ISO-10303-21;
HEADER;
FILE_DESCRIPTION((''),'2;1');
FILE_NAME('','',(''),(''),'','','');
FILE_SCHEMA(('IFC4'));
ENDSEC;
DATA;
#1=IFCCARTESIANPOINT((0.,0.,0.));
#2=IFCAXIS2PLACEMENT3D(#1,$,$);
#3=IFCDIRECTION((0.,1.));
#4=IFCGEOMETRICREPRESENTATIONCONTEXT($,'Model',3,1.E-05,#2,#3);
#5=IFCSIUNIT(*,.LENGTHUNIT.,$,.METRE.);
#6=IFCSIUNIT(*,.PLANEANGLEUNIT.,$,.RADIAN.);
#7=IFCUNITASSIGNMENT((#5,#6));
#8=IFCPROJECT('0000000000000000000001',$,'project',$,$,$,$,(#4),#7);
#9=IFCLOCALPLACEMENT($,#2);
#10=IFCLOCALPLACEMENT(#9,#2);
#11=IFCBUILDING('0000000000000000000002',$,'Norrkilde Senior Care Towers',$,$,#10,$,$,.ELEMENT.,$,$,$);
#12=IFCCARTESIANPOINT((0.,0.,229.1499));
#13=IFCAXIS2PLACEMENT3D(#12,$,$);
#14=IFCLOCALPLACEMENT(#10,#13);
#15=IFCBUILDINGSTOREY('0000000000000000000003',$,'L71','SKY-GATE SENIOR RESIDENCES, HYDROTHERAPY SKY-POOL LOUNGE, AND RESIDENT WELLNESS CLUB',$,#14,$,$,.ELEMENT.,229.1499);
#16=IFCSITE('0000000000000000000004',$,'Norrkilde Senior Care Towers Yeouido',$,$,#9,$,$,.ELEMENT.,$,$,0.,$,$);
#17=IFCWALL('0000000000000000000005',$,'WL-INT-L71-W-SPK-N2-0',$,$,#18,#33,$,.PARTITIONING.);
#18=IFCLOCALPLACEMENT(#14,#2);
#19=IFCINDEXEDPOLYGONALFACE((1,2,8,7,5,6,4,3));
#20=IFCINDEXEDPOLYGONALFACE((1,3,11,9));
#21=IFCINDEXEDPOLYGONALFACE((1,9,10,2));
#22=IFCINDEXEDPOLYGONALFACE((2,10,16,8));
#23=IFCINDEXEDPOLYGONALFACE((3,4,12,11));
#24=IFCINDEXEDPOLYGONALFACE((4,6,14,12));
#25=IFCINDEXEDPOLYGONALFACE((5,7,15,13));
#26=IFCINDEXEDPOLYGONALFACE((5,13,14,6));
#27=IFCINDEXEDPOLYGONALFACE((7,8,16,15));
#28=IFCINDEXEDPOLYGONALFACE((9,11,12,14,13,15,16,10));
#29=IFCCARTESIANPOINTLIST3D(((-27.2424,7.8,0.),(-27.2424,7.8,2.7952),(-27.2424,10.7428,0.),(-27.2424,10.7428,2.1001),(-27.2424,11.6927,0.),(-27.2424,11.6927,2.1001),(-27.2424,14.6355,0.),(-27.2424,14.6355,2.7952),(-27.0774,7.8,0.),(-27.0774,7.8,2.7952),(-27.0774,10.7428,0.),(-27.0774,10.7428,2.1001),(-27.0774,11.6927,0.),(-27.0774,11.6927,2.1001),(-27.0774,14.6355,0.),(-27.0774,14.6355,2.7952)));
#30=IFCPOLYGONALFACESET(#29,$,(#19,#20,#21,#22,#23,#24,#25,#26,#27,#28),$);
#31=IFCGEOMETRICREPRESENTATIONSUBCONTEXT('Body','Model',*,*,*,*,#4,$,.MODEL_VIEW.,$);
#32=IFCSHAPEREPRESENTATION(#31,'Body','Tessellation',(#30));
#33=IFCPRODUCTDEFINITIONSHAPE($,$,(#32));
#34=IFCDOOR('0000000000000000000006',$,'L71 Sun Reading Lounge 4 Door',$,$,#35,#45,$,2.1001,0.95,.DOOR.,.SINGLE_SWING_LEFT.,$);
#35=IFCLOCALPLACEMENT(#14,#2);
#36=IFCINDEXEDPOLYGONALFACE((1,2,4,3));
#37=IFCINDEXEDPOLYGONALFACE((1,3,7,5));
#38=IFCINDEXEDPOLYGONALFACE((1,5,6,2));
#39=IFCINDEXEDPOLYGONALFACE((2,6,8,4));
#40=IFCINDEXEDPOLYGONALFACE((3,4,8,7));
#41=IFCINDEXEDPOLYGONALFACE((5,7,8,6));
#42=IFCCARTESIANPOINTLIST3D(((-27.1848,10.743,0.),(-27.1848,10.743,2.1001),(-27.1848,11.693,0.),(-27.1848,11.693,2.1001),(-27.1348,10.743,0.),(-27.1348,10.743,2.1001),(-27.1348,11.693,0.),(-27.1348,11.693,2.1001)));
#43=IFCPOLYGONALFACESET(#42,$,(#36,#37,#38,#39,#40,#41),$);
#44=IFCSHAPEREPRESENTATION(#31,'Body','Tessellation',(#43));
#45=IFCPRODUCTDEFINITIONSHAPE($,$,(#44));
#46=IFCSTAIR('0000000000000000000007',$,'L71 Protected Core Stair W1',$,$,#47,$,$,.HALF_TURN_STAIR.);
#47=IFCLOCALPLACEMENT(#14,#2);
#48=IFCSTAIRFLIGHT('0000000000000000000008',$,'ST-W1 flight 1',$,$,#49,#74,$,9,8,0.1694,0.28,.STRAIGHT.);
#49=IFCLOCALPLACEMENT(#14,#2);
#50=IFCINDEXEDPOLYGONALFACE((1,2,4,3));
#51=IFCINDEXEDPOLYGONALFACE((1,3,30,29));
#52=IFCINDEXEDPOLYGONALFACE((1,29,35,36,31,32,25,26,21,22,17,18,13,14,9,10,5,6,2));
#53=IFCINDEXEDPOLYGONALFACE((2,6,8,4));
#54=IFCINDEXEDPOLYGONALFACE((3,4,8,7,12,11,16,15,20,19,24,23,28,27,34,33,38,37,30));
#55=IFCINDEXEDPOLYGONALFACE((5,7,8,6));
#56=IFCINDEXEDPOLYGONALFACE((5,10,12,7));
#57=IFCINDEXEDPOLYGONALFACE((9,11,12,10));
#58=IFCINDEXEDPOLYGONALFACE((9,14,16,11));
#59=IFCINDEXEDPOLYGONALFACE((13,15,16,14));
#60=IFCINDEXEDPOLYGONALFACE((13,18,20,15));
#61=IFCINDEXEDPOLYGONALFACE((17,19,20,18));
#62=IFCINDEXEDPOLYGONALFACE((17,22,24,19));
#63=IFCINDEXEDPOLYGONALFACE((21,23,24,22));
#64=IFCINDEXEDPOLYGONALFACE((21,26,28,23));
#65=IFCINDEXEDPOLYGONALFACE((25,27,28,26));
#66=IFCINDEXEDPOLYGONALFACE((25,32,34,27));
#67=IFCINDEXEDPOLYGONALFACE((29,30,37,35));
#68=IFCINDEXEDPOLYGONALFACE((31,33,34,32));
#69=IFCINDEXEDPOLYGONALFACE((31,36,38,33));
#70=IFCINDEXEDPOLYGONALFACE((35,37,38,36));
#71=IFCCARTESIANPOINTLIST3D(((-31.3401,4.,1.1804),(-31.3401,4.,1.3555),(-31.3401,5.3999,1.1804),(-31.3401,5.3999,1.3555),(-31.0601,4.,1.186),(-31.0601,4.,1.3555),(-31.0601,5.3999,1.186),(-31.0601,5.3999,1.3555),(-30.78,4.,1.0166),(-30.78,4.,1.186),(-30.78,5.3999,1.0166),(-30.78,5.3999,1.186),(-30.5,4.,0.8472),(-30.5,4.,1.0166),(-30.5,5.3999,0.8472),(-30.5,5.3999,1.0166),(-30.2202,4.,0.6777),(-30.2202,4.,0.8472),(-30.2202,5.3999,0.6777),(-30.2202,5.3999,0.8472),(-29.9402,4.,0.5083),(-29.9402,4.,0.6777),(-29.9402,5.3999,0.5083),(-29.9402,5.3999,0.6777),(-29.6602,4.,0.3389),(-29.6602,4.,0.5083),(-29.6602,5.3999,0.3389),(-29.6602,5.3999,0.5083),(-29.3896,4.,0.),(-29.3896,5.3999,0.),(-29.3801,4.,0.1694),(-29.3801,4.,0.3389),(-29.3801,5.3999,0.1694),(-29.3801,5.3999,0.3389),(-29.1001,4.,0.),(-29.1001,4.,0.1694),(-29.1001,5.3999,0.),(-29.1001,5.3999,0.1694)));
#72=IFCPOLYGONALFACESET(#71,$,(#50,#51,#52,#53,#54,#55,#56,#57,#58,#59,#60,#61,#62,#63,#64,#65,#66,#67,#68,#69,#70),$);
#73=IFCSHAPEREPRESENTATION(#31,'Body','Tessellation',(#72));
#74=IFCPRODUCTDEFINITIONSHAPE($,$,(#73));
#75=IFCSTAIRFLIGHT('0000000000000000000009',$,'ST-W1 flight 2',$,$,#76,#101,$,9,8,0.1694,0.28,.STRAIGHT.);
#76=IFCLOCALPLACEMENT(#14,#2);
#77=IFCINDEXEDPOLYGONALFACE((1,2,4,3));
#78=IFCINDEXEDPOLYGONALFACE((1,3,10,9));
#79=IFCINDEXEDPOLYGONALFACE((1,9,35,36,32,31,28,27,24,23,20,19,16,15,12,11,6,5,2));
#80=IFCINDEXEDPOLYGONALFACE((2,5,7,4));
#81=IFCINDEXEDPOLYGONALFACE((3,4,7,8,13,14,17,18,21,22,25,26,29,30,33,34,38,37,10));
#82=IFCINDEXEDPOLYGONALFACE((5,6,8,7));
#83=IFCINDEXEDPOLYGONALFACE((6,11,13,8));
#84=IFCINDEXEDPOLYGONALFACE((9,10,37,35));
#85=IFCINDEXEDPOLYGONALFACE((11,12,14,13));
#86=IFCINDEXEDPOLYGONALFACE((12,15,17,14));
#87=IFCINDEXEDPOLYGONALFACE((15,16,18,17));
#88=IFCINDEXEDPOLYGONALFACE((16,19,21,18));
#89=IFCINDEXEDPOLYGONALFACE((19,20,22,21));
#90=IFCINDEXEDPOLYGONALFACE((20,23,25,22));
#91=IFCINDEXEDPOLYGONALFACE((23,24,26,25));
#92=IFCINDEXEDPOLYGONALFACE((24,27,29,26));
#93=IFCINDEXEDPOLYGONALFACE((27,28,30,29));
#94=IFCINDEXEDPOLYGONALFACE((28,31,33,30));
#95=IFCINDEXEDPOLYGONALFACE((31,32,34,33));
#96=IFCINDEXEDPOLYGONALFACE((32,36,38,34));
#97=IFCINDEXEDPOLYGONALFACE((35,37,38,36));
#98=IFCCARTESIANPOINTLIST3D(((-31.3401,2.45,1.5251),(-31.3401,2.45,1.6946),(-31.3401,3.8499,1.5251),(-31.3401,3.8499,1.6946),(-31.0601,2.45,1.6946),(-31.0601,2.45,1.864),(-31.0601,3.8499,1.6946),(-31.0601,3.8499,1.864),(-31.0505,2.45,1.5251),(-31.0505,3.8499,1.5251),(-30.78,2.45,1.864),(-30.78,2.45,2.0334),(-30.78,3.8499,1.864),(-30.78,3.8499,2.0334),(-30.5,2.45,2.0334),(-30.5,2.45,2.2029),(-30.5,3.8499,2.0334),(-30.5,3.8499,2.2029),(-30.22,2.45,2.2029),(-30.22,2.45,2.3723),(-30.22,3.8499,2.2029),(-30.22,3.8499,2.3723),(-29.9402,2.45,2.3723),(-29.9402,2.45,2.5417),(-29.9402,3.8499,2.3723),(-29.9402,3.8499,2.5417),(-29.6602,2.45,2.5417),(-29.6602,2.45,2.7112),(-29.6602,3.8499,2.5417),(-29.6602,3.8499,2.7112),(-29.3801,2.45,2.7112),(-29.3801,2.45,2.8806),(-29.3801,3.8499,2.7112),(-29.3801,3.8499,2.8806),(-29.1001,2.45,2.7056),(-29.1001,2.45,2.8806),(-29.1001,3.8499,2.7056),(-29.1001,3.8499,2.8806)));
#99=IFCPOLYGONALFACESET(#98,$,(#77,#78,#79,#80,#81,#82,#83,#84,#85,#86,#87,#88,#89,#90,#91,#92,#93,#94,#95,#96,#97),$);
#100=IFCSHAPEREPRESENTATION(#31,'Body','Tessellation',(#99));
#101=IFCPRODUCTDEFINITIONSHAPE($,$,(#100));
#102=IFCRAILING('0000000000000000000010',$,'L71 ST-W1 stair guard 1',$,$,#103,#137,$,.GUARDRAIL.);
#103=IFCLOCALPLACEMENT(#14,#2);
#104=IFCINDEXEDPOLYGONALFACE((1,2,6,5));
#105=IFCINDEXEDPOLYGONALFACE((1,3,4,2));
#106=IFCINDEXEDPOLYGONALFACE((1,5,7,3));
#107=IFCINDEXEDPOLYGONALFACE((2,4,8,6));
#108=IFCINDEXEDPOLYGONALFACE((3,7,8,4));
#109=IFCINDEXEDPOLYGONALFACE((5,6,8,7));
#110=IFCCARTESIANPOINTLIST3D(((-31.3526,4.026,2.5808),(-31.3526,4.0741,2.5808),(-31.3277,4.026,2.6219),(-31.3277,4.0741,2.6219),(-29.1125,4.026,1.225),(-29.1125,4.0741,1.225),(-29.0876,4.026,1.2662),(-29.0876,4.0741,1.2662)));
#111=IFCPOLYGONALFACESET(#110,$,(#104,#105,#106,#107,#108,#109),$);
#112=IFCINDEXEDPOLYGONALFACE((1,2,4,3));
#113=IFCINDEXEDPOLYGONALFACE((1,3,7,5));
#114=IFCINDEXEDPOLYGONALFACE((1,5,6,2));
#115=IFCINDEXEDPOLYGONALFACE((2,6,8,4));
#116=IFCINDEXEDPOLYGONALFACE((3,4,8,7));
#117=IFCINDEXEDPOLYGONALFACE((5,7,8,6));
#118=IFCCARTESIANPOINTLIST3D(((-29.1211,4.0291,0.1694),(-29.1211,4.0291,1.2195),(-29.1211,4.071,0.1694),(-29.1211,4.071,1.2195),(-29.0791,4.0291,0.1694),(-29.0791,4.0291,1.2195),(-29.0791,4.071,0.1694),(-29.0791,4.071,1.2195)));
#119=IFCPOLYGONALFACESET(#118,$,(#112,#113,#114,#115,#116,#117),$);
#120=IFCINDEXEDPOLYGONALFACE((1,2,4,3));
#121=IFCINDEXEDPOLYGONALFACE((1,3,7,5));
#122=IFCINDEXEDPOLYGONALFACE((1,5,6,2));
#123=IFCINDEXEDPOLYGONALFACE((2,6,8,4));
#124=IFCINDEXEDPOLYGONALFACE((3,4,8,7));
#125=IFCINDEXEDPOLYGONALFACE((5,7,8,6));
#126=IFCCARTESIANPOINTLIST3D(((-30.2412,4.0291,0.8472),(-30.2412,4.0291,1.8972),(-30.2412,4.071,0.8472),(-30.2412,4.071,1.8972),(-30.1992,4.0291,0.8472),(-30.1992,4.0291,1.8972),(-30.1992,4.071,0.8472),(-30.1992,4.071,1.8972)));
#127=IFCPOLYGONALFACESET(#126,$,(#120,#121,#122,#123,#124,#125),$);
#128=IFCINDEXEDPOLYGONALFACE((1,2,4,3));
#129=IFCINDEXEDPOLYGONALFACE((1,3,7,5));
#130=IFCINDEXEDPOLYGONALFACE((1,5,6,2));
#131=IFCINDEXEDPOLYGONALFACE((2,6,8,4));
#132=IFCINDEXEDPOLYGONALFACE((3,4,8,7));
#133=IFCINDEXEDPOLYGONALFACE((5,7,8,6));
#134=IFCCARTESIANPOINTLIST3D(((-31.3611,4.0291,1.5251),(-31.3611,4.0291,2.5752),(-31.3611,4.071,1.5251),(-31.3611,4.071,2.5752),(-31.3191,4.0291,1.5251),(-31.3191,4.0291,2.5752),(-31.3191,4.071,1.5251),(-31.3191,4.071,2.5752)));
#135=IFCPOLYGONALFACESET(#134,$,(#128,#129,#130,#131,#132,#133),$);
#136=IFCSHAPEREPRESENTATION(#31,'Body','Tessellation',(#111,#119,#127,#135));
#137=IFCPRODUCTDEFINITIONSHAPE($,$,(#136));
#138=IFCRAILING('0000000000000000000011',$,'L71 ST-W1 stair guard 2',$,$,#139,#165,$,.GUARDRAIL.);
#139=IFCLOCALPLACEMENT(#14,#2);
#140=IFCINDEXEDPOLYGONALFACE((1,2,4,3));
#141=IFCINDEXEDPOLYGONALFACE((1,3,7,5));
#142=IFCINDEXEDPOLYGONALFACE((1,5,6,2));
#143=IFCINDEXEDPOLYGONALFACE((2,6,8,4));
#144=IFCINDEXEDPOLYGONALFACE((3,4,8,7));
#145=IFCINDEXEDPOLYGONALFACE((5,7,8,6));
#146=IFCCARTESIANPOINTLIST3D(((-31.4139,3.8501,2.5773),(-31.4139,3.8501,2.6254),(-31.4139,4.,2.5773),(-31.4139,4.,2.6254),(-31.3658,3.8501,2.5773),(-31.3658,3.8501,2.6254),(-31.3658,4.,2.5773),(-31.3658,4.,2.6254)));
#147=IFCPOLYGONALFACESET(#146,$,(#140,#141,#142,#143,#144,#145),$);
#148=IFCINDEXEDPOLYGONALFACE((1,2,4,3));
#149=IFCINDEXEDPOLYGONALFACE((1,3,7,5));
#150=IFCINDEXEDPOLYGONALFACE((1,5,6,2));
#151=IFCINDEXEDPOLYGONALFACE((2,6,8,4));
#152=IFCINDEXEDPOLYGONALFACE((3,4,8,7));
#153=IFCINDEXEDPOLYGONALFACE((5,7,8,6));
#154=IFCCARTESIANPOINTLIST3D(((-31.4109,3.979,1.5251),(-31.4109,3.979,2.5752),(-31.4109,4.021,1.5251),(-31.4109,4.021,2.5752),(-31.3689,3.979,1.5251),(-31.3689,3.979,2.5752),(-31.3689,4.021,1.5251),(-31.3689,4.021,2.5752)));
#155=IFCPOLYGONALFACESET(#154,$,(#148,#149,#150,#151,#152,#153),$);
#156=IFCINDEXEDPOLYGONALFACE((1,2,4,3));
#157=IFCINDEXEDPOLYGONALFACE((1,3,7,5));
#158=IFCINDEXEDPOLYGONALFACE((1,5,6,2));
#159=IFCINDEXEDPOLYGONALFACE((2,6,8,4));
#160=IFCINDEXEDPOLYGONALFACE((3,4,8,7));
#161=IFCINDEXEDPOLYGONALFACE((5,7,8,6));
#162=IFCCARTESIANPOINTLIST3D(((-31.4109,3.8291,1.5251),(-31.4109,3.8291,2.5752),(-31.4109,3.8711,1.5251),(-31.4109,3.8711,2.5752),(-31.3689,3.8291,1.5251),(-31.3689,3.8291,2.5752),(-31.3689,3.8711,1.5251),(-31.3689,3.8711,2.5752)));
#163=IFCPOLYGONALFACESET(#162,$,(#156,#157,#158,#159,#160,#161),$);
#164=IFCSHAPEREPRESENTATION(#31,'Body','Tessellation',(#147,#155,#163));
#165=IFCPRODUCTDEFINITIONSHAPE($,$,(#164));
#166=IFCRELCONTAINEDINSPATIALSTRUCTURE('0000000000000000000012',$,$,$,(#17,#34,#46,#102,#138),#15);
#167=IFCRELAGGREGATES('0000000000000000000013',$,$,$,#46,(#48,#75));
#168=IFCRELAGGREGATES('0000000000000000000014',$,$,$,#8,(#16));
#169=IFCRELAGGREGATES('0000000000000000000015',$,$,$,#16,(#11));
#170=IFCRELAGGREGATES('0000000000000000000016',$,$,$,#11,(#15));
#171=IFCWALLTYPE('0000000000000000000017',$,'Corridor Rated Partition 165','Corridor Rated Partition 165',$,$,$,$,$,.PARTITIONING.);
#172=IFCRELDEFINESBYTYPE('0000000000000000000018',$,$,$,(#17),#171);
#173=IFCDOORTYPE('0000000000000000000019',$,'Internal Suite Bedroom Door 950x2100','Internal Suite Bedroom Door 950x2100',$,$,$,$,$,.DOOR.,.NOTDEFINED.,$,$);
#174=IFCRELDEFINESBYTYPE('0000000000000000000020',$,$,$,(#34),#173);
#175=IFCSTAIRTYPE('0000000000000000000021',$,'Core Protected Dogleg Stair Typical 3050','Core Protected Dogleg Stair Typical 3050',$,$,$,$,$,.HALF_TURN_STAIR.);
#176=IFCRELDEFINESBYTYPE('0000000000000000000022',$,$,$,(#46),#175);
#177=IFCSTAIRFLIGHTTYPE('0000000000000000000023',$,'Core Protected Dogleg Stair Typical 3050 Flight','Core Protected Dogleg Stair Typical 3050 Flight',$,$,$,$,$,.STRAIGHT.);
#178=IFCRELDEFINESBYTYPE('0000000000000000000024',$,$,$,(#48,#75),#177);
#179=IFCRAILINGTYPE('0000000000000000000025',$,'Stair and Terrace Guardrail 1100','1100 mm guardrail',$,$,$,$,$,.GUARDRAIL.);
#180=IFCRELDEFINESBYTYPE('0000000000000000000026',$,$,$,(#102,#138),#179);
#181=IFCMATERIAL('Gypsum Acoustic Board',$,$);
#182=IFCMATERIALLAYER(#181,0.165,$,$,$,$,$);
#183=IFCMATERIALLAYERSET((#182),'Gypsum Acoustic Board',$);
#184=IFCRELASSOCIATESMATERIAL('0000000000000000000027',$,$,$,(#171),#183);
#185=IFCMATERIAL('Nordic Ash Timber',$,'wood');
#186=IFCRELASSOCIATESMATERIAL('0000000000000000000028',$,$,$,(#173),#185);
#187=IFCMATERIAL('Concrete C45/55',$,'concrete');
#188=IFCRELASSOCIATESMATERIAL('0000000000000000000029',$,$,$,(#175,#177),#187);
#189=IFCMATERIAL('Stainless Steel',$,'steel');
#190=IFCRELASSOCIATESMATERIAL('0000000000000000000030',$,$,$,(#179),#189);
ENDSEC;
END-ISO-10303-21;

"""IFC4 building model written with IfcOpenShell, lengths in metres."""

from ifc_helpers import new_model, si_unit, direction, frame, frame_2d, origin, origin_2d, place, context, subcontext, project, spatial, polyline, rectangle, outline, extrude, source, transform, mapped, material, layer, layer_set, type_object, type_shapes, element, fill, aggregate, save


model = new_model("IFC4")

# Units and contexts
model_context = context("Model", 3, precision=1e-05, world=origin(), true_north=direction((0.0, 1.0)))
body_context = subcontext(model_context, "Body", "Model", "MODEL_VIEW")
ifc_project = project(units=[si_unit("LENGTHUNIT", "METRE"), si_unit("PLANEANGLEUNIT", "RADIAN")], contexts=[model_context])

# Site, building, storey
site_placement = place(None, origin())
site = spatial("IfcSite", under=ifc_project, at=site_placement, Name="Norrkilde Senior Care Towers Yeouido", CompositionType="ELEMENT", RefElevation=0.0)
building_placement = place(site_placement, origin())
building = spatial("IfcBuilding", under=site, at=building_placement, Name="Norrkilde Senior Care Towers", CompositionType="ELEMENT")
storey_placement = place(building_placement, frame((0.0, 0.0, 229.1499)))
storey = spatial("IfcBuildingStorey", under=building, at=storey_placement, Name="L71", Description="SKY-GATE SENIOR RESIDENCES, HYDROTHERAPY SKY-POOL LOUNGE, AND RESIDENT WELLNESS CLUB", CompositionType="ELEMENT", Elevation=229.1499)

# Shared definitions
ifc_material_1 = material(Name="Concrete C45/55", Category="concrete")
ifc_material_2 = material(Name="Stainless Steel", Category="steel")

# Shared definitions
ifc_material_3 = material(Name="Gypsum Acoustic Board")
ifc_layer_1 = layer(ifc_material_3, 0.165)
ifc_layer_set_1 = layer_set([ifc_layer_1], Name="Gypsum Acoustic Board")
wall_type_1 = type_object("IfcWallType", Name="Corridor Rated Partition 165", Description="Corridor Rated Partition 165", PredefinedType="PARTITIONING", material=ifc_layer_set_1)
ifc_material_4 = material(Name="Nordic Ash Timber", Category="wood")

# Wall, opening, door
shared_shape_1 = source(origin(), body_context, "Body", "SweptSolid", [
    extrude(rectangle(XDim=6.8354, YDim=0.165, at=frame_2d((3.4177, 0.0))), origin(), (0.0, 0.0, 1.0), 2.7952),
])
door_type_1 = type_object("IfcDoorType", Name="Internal Suite Bedroom Door 950x2100", Description="Internal Suite Bedroom Door 950x2100", OperationType="NOTDEFINED", PredefinedType="DOOR", material=ifc_material_4)
shared_shape_2 = source(origin(), body_context, "Body", "SweptSolid", [
    extrude(rectangle(XDim=0.95, YDim=2.1001, at=frame_2d((0.4751, 1.05))), frame((0.0, 0.0249, 0.0), z_axis=(0.0, -1.0, 0.0), x_axis=(1.0, 0.0, 0.0)), (0.0, 0.0, 1.0), 0.05),
])
type_shapes(door_type_1, [shared_shape_2])
wall_1_placement = place(storey_placement, frame((-27.1599, 14.6355, 0.0), z_axis=(0.0, 0.0, 1.0), x_axis=(0.0, -1.0, 0.0)))
wall_1 = element("IfcWall", 1, at=wall_1_placement, inside=storey, type_object=wall_type_1, Name="WL-INT-L71-W-SPK-N2-0", PredefinedType="PARTITIONING", context=body_context, shape_type="MappedRepresentation", body=[
    mapped(shared_shape_1, transform((0.0, 0.0, 0.0), x_axis=(1.0, 0.0, 0.0), y_axis=(0.0, 1.0, 0.0), z_axis=(0.0, 0.0, 1.0), scale=1.0)),
])
opening_1_placement = place(wall_1_placement, frame((2.9426, 0.0, 0.0)))
opening_1 = element("IfcOpeningElement", 2, at=opening_1_placement, cuts=wall_1, PredefinedType="OPENING", context=body_context, shape_type="SweptSolid", body=[
    extrude(rectangle(XDim=0.95, YDim=2.1001, at=frame_2d((0.4751, 1.05))), frame((0.0, 0.0925, 0.0), z_axis=(0.0, -1.0, 0.0), x_axis=(1.0, 0.0, 0.0)), (0.0, 0.0, 1.0), 0.1851),
])
door_1_placement = place(opening_1_placement, frame((0.95, 0.0, 0.0), z_axis=(0.0, 0.0, 1.0), x_axis=(-1.0, 0.0, 0.0)))
door_1 = element("IfcDoor", 3, at=door_1_placement, inside=storey, type_object=door_type_1, Name="L71 Sun Reading Lounge 4 Door", OperationType="SINGLE_SWING_LEFT", OverallHeight=2.1001, OverallWidth=0.95, PredefinedType="DOOR", context=body_context, shape_type="MappedRepresentation", body=[
    mapped(shared_shape_2, transform((0.0, 0.0, 0.0), x_axis=(1.0, 0.0, 0.0), y_axis=(0.0, 1.0, 0.0), z_axis=(0.0, 0.0, 1.0), scale=1.0)),
])
fill(opening_1, door_1)

# Stair, stair flights
stair_type = type_object("IfcStairType", Name="Core Protected Dogleg Stair Typical 3050", Description="Core Protected Dogleg Stair Typical 3050", PredefinedType="HALF_TURN_STAIR", material=ifc_material_1)
stair_placement = place(storey_placement, origin())
stair = element("IfcStair", 4, at=stair_placement, inside=storey, type_object=stair_type, Name="L71 Protected Core Stair W1", PredefinedType="HALF_TURN_STAIR")
stair_flight_type = type_object("IfcStairFlightType", Name="Core Protected Dogleg Stair Typical 3050 Flight", Description="Core Protected Dogleg Stair Typical 3050 Flight", PredefinedType="STRAIGHT", material=ifc_material_1)
stair_flight_1_placement = place(storey_placement, frame((-29.1001, 4.7, 0.0), z_axis=(0.0, 0.0, 1.0), x_axis=(-1.0, 0.0, 0.0)))
stair_flight_1 = element("IfcStairFlight", 5, at=stair_flight_1_placement, type_object=stair_flight_type, Name="ST-W1 flight 1", NumberOfRisers=9, NumberOfTreads=8, PredefinedType="STRAIGHT", RiserHeight=0.1694, TreadLength=0.28, context=body_context, shape_type="SweptSolid", body=[
    extrude(outline(polyline([(0.0, 0.0), (0.0, 0.1694), (0.28, 0.1694), (0.28, 0.3389), (0.5601, 0.3389), (0.5601, 0.5083), (0.8401, 0.5083), (0.8401, 0.6777), (1.1201, 0.6777), (1.1201, 0.8472), (1.3999, 0.8472), (1.3999, 1.0166), (1.6799, 1.0166), (1.6799, 1.186), (1.96, 1.186), (1.96, 1.3555), (2.24, 1.3555), (2.24, 1.5249), (2.24, 1.1804), (0.2896, 0.0), (0.0, 0.0)])), frame((0.0, 0.7, 0.0), z_axis=(0.0, -1.0, 0.0), x_axis=(1.0, 0.0, 0.0)), (0.0, 0.0, 1.0), 1.3999),
])
stair_flight_2_placement = place(storey_placement, frame((-31.3401, 3.1499, 1.5251), z_axis=(0.0, 0.0, 1.0), x_axis=(1.0, 0.0, 0.0)))
stair_flight_2 = element("IfcStairFlight", 6, at=stair_flight_2_placement, type_object=stair_flight_type, Name="ST-W1 flight 2", NumberOfRisers=9, NumberOfTreads=8, PredefinedType="STRAIGHT", RiserHeight=0.1694, TreadLength=0.28, context=body_context, shape_type="SweptSolid", body=[
    extrude(outline(polyline([(0.0, 0.0), (0.0, 0.1694), (0.28, 0.1694), (0.28, 0.3389), (0.5601, 0.3389), (0.5601, 0.5083), (0.8401, 0.5083), (0.8401, 0.6777), (1.1201, 0.6777), (1.1201, 0.8472), (1.3999, 0.8472), (1.3999, 1.0166), (1.6799, 1.0166), (1.6799, 1.186), (1.96, 1.186), (1.96, 1.3555), (2.24, 1.3555), (2.24, 1.5249), (2.24, 1.1804), (0.2896, 0.0), (0.0, 0.0)])), frame((0.0, 0.7, 0.0), z_axis=(0.0, -1.0, 0.0), x_axis=(1.0, 0.0, 0.0)), (0.0, 0.0, 1.0), 1.3999),
])
aggregate(stair, [stair_flight_1, stair_flight_2])

# Railings
railing_type_1 = type_object("IfcRailingType", Name="Stair and Terrace Guardrail 1100", Description="1100 mm guardrail", PredefinedType="GUARDRAIL", material=ifc_material_2)
railing_1_placement = place(storey_placement, frame((-29.1001, 4.05, 0.1694)))
element("IfcRailing", 7, at=railing_1_placement, inside=storey, type_object=railing_type_1, Name="L71 ST-W1 stair guard 1", PredefinedType="GUARDRAIL", context=body_context, shape_type="SweptSolid", body=[
    extrude(rectangle(XDim=0.0481, YDim=0.0481, at=origin_2d()), frame((0.0, 0.0, 1.0762), z_axis=(-0.855512, 0.0, 0.517783), x_axis=(0.0, -1.0, 0.0)), (0.0, 0.0, 1.0), 2.6184),
    extrude(rectangle(XDim=0.042, YDim=0.042, at=origin_2d()), origin(), (0.0, 0.0, 1.0), 1.05),
    extrude(rectangle(XDim=0.042, YDim=0.042, at=origin_2d()), frame((-1.1201, 0.0, 0.6777)), (0.0, 0.0, 1.0), 1.05),
    extrude(rectangle(XDim=0.042, YDim=0.042, at=origin_2d()), frame((-2.24, 0.0, 1.3557)), (0.0, 0.0, 1.0), 1.05),
])
railing_2_placement = place(storey_placement, frame((-31.3899, 4.0, 1.5251)))
element("IfcRailing", 8, at=railing_2_placement, inside=storey, type_object=railing_type_1, Name="L71 ST-W1 stair guard 2", PredefinedType="GUARDRAIL", context=body_context, shape_type="SweptSolid", body=[
    extrude(rectangle(XDim=0.0481, YDim=0.0481, at=origin_2d()), frame((0.0, 0.0, 1.0762), z_axis=(0.0, -1.0, 0.0), x_axis=(1.0, 0.0, 0.0)), (0.0, 0.0, 1.0), 0.1499),
    extrude(rectangle(XDim=0.042, YDim=0.042, at=origin_2d()), origin(), (0.0, 0.0, 1.0), 1.05),
    extrude(rectangle(XDim=0.042, YDim=0.042, at=origin_2d()), frame((0.0, -0.1499, 0.0)), (0.0, 0.0, 1.0), 1.05),
])

save(model, "model.ifc")
